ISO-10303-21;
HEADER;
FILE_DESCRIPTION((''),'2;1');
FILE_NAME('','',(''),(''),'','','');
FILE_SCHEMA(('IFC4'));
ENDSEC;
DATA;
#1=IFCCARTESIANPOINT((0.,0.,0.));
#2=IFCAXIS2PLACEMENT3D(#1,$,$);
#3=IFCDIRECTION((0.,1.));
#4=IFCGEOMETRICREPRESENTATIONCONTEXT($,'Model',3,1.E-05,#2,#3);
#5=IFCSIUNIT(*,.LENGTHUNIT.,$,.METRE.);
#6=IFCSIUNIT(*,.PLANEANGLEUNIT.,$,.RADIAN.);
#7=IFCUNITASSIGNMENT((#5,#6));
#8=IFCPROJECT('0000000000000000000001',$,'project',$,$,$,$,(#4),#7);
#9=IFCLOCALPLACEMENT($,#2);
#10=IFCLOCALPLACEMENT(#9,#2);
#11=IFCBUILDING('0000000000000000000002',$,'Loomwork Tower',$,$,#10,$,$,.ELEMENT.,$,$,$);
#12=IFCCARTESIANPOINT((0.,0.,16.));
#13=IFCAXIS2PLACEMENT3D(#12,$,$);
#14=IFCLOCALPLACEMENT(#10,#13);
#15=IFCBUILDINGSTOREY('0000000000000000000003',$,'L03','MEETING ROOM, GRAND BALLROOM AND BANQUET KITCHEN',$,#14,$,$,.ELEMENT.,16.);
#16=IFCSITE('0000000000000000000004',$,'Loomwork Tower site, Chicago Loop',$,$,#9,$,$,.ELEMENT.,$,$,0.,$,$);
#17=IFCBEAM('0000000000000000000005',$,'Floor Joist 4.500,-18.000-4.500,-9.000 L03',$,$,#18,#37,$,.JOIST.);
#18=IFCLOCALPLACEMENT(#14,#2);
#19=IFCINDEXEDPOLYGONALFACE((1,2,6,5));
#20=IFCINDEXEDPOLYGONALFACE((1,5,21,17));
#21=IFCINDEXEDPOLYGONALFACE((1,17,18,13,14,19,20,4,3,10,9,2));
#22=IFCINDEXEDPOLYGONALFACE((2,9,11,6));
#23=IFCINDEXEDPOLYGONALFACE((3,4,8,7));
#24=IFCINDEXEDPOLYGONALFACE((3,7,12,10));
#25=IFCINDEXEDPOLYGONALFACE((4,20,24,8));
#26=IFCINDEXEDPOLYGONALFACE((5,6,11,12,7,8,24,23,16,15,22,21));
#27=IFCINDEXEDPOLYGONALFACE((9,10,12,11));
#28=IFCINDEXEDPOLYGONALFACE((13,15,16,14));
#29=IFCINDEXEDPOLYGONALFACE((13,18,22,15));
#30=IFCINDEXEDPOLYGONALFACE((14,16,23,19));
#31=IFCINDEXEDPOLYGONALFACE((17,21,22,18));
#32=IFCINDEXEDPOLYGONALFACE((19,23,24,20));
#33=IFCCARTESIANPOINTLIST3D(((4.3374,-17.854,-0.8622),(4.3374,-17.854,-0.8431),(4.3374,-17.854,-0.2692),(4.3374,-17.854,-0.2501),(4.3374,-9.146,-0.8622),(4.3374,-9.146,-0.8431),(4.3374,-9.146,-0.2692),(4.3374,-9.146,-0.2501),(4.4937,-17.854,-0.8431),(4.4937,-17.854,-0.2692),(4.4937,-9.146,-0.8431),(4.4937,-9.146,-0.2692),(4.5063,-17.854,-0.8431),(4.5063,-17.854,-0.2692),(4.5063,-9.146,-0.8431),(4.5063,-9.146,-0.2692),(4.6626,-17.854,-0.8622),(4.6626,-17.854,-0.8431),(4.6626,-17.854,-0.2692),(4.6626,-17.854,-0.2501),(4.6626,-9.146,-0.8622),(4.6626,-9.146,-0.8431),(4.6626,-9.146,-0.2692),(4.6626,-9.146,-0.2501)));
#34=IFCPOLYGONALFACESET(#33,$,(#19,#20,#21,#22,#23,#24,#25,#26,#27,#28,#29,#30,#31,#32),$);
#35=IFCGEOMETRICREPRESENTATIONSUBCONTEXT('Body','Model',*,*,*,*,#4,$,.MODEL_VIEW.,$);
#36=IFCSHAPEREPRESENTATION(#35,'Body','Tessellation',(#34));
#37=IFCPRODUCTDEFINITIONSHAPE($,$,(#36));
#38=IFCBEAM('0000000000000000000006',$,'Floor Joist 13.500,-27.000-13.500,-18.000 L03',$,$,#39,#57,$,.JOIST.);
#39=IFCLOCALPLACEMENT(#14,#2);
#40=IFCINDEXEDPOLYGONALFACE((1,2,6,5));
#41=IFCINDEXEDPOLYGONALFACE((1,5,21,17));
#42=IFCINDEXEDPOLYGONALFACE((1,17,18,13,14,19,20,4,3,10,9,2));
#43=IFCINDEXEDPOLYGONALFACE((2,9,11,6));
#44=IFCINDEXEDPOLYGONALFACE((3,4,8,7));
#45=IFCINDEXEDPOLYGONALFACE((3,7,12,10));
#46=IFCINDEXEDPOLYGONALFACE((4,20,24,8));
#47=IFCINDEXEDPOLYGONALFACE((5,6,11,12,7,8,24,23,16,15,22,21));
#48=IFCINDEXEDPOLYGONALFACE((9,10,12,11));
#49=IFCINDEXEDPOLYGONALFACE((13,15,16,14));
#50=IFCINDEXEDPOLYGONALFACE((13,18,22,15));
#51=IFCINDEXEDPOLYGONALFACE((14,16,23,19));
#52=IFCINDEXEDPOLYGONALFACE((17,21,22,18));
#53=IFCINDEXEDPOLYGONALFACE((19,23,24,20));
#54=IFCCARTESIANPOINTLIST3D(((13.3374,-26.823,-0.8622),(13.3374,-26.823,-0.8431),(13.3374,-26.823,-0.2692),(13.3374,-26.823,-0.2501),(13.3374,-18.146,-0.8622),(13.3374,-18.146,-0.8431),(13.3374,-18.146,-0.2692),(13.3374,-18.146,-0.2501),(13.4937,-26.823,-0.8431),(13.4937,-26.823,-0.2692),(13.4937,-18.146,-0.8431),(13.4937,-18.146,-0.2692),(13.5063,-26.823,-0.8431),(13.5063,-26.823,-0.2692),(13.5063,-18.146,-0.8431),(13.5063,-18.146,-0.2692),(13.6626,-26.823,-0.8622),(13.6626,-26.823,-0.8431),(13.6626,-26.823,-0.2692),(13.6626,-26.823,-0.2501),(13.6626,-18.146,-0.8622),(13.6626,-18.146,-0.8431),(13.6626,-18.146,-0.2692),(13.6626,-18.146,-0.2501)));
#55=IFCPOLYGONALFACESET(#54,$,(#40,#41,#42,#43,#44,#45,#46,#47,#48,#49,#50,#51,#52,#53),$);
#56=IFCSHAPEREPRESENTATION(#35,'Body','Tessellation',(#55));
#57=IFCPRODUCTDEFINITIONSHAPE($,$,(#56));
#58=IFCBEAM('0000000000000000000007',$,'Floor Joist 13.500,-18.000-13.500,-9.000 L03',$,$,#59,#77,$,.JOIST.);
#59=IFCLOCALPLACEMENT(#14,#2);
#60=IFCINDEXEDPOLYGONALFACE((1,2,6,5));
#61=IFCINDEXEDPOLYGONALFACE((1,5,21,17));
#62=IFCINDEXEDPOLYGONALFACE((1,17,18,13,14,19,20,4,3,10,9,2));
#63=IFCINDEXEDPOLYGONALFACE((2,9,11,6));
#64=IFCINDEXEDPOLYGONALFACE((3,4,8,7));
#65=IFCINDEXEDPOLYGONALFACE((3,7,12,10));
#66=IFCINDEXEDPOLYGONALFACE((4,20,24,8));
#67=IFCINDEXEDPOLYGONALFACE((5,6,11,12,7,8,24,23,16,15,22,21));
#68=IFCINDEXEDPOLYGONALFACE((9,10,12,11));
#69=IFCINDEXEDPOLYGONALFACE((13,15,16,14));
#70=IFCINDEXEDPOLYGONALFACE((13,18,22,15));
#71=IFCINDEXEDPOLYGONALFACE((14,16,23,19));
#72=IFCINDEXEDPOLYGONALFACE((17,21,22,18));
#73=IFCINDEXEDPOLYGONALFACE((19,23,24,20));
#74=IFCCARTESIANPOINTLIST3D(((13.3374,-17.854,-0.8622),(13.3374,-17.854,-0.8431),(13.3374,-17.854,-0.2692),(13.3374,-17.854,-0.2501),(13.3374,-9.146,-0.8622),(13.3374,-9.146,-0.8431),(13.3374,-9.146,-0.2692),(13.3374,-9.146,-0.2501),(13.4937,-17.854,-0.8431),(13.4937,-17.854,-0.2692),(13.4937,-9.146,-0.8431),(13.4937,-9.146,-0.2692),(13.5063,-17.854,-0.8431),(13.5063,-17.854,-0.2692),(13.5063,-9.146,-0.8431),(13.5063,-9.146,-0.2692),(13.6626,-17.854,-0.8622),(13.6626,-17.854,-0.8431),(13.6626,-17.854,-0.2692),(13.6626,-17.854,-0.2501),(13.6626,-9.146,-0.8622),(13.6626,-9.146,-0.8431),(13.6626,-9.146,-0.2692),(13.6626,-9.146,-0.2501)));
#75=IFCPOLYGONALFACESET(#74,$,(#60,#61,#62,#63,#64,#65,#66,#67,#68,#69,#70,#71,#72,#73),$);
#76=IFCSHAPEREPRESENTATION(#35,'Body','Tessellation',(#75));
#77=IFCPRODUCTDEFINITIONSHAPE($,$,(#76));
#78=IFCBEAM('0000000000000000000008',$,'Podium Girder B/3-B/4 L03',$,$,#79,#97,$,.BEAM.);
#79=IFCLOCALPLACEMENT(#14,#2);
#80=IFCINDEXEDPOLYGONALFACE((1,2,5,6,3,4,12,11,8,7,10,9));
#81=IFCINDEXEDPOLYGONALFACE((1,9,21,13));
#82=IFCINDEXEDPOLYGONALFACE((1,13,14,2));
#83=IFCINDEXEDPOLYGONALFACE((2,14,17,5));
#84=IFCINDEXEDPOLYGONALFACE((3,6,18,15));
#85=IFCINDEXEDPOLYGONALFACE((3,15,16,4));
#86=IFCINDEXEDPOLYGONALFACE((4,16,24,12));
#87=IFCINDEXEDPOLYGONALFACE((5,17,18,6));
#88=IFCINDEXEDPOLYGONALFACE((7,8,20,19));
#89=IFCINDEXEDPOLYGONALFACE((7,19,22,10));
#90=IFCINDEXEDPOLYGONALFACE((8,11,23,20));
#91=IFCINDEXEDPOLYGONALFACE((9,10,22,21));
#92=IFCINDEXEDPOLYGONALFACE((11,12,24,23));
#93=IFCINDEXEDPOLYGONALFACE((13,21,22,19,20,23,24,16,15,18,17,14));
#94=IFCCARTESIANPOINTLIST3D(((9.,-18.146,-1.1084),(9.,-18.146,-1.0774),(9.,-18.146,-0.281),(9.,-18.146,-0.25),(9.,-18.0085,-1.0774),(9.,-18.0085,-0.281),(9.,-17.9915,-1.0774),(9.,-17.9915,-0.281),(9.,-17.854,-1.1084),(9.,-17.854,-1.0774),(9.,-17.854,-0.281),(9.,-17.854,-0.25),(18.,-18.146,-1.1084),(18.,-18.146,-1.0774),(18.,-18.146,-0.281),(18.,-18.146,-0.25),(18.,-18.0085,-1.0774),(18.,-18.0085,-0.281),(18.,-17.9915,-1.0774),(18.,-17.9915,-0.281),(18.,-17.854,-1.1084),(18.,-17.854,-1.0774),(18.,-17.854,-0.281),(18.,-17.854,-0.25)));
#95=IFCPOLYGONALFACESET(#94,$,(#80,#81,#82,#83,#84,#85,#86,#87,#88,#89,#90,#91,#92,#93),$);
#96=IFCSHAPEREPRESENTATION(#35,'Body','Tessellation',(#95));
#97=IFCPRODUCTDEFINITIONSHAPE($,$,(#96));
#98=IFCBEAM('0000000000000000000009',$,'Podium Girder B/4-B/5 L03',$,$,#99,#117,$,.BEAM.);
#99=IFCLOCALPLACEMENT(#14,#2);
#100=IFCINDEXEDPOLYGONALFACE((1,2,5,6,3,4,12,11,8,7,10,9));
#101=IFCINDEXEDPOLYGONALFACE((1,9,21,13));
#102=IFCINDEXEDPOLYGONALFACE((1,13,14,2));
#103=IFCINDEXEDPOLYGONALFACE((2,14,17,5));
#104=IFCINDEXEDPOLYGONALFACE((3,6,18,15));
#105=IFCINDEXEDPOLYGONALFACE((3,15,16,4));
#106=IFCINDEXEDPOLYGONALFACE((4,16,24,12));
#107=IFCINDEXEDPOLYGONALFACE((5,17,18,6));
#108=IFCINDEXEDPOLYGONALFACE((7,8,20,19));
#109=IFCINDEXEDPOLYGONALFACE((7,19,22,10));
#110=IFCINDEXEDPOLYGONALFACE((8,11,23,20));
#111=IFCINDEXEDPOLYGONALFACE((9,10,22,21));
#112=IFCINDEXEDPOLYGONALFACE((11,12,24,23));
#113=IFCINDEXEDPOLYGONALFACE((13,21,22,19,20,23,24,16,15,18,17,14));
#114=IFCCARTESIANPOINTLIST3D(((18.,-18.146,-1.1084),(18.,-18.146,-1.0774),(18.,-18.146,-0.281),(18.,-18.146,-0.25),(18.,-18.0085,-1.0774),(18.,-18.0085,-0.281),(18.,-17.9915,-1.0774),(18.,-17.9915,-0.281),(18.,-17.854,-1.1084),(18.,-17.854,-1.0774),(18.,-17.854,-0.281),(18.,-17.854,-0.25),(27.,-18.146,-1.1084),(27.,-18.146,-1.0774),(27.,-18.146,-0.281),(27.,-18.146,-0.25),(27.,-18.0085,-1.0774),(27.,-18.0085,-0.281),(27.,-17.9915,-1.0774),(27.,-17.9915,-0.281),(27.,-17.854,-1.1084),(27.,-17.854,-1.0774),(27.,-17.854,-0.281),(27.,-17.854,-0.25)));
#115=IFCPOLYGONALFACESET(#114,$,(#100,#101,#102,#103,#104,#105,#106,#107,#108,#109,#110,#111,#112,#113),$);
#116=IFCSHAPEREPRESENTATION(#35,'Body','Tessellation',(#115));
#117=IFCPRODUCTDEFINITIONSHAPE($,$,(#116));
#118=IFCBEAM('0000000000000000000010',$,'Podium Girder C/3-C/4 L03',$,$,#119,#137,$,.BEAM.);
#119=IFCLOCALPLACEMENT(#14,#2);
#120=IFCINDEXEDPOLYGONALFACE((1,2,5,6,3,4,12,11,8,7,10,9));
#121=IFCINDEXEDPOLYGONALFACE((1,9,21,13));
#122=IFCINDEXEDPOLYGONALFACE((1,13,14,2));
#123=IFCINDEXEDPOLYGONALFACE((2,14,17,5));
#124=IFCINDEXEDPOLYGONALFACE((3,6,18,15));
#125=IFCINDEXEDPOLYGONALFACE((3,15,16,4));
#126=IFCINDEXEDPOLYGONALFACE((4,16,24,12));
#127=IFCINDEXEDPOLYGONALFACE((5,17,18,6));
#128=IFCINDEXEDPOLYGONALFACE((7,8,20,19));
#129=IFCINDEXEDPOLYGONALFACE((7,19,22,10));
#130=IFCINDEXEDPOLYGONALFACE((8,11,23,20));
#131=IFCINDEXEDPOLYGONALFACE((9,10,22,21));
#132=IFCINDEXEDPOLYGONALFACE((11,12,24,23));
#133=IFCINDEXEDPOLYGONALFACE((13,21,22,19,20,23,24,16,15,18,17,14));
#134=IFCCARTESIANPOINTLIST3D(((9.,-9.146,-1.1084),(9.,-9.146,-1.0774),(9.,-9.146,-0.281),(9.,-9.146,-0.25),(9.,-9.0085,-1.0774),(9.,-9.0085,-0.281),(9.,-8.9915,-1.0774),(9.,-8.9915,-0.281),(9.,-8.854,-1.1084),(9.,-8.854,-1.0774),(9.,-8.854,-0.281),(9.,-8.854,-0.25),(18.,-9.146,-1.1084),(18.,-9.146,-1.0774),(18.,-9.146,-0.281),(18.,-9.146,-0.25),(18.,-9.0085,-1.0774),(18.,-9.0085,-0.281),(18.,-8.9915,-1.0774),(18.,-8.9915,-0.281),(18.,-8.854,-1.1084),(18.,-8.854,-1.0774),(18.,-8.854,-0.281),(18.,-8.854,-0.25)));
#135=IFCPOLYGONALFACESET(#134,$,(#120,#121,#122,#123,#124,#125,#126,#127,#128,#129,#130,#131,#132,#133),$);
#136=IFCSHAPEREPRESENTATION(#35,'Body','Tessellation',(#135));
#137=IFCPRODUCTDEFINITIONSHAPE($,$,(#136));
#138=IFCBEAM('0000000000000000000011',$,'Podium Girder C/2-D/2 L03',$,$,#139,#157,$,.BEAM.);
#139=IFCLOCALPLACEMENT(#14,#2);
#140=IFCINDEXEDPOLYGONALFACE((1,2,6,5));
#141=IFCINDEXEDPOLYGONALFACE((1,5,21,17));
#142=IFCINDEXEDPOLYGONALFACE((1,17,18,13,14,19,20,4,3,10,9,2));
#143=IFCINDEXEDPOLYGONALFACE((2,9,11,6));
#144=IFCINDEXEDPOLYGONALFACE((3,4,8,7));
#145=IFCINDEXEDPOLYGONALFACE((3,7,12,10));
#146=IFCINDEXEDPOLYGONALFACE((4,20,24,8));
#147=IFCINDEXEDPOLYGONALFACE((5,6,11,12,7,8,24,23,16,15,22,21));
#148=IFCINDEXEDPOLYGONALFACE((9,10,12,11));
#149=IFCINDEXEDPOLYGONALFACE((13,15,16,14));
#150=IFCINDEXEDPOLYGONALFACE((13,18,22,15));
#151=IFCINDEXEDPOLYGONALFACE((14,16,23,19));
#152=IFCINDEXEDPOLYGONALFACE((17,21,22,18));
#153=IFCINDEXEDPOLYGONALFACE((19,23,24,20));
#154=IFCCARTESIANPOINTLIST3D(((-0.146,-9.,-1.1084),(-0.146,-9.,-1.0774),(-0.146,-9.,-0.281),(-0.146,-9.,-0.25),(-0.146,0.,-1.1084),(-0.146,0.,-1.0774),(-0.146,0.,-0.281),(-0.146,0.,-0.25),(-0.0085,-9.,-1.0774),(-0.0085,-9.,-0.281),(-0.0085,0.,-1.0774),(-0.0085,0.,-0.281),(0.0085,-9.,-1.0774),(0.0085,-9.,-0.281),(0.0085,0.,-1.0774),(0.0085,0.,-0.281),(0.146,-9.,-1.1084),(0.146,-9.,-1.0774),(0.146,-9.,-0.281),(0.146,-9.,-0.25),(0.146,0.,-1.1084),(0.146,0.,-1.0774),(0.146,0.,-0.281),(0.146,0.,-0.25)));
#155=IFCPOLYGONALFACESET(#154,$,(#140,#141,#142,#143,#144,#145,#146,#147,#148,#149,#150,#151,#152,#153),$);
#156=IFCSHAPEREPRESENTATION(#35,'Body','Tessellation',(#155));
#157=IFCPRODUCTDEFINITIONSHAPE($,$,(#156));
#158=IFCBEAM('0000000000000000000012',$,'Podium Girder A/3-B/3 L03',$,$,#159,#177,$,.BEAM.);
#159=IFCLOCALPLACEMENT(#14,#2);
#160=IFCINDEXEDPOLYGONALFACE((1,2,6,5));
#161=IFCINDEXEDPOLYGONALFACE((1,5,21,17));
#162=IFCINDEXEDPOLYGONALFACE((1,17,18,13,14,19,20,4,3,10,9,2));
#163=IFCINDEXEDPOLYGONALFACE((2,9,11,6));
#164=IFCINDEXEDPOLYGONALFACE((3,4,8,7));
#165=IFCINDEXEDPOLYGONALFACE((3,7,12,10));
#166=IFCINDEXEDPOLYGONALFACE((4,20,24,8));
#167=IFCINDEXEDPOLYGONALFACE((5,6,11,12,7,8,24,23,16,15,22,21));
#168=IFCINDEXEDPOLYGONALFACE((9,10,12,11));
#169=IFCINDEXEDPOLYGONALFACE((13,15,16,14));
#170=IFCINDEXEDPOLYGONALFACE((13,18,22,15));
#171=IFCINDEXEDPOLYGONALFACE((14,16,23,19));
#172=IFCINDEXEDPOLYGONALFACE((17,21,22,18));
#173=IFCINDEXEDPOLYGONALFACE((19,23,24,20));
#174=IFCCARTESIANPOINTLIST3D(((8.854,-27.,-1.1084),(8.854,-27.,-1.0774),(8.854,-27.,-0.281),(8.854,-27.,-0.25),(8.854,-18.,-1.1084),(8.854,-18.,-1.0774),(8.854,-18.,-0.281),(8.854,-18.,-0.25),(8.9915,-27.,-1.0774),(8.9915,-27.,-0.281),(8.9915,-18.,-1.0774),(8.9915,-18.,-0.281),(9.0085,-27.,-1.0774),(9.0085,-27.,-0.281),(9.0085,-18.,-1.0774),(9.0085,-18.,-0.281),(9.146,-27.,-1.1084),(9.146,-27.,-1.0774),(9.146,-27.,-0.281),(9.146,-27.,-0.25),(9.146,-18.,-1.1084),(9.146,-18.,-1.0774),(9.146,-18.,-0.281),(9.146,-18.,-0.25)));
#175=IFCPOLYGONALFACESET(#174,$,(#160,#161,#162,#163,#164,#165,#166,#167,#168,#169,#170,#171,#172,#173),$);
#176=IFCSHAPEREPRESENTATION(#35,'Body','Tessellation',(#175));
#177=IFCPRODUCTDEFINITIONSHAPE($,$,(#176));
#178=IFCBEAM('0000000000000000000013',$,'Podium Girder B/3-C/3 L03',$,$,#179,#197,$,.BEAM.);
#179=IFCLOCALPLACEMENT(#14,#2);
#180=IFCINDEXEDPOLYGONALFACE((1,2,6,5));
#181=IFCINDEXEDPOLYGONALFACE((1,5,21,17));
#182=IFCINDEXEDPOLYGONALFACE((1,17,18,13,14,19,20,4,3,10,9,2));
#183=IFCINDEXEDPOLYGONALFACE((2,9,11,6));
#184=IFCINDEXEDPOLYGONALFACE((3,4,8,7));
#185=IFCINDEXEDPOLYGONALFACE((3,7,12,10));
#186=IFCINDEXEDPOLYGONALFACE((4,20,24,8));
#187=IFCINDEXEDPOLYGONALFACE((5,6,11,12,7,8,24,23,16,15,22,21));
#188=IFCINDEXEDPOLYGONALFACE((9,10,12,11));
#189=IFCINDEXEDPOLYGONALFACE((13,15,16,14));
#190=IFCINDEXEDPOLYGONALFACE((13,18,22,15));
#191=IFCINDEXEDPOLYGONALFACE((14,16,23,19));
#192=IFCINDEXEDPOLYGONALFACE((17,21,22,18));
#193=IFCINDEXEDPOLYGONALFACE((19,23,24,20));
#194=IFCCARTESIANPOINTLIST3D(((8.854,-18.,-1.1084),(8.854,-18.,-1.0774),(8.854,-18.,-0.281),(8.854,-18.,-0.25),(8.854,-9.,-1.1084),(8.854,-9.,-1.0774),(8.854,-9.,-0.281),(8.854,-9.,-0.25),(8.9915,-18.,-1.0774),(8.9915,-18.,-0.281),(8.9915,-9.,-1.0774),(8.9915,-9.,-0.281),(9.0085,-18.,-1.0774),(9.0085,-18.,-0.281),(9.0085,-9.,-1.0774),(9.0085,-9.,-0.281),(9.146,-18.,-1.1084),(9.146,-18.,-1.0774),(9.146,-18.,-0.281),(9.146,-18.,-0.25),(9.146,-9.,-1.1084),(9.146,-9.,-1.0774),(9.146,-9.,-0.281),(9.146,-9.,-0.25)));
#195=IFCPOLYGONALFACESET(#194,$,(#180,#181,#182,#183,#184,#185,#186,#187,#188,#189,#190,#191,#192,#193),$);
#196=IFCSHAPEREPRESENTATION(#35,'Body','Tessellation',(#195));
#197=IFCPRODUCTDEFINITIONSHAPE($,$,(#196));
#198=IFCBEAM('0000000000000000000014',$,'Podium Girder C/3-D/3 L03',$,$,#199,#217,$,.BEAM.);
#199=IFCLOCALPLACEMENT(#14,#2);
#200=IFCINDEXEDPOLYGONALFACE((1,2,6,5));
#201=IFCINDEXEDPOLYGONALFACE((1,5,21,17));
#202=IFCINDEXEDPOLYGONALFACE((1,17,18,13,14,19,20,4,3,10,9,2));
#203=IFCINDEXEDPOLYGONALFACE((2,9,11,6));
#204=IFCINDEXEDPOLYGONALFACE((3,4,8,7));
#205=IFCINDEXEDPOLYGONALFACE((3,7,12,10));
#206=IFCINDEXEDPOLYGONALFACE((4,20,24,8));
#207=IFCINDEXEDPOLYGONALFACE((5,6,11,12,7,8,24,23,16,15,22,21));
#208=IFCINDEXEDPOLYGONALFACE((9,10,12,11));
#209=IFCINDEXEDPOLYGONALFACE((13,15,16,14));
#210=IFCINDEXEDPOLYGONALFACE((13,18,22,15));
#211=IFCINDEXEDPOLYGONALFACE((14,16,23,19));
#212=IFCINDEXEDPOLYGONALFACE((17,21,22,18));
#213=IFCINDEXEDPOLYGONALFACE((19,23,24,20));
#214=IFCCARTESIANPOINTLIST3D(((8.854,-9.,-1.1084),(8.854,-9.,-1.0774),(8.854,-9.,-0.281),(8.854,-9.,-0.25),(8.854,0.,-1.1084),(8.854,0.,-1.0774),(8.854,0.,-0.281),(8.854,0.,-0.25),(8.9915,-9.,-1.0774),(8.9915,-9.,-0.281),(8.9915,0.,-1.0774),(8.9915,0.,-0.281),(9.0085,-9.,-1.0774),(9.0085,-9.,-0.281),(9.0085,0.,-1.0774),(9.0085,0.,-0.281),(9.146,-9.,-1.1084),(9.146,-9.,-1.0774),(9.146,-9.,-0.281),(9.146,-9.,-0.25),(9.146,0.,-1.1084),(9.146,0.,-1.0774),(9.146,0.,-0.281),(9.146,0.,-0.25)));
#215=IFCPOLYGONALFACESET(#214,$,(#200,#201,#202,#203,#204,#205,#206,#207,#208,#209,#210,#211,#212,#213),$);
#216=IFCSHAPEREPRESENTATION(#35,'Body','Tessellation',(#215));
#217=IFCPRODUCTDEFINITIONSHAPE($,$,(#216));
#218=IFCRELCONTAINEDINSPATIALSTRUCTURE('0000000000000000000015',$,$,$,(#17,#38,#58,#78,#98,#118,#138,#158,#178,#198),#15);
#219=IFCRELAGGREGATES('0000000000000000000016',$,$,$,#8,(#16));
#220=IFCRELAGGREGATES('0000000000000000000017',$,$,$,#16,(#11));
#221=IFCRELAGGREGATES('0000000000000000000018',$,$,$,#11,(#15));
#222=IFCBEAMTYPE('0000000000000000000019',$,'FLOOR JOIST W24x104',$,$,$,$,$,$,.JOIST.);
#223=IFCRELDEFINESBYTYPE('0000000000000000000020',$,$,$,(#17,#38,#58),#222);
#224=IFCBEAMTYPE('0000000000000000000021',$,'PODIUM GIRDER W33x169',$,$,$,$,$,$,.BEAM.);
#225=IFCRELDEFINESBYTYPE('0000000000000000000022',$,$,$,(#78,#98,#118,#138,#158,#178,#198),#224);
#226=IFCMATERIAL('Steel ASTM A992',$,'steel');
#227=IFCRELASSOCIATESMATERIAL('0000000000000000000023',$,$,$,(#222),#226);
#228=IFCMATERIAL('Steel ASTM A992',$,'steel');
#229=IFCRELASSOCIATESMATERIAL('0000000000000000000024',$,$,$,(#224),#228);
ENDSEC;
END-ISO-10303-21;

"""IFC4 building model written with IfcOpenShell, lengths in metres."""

from ifc_helpers import new_model, si_unit, direction, frame, origin, origin_2d, place, context, subcontext, project, spatial, i_section, extrude, material, material_profile, profile_set, type_object, element, save


model = new_model("IFC4")

# Units and contexts
model_context = context("Model", 3, precision=1e-05, world=origin(), true_north=direction((0.0, 1.0)))
body_context = subcontext(model_context, "Body", "Model", "MODEL_VIEW")
ifc_project = project(units=[si_unit("LENGTHUNIT", "METRE"), si_unit("PLANEANGLEUNIT", "RADIAN")], contexts=[model_context])

# Site, building, storey
site_placement = place(None, origin())
site = spatial("IfcSite", under=ifc_project, at=site_placement, Name="Loomwork Tower site, Chicago Loop", CompositionType="ELEMENT", RefElevation=0.0)
building_placement = place(site_placement, origin())
building = spatial("IfcBuilding", under=site, at=building_placement, Name="Loomwork Tower", CompositionType="ELEMENT")
storey_placement = place(building_placement, frame((0.0, 0.0, 16.0)))
storey = spatial("IfcBuildingStorey", under=building, at=storey_placement, Name="L03", Description="MEETING ROOM, GRAND BALLROOM AND BANQUET KITCHEN", CompositionType="ELEMENT", Elevation=16.0)

# Beams
ifc_material_1 = material(Name="Steel ASTM A992", Category="steel")
ifc_material_profile_1 = material_profile(ifc_material_1, i_section(OverallWidth=0.3252, OverallDepth=0.6121, WebThickness=0.0127, FlangeThickness=0.019, at=origin_2d()), Name="W24x104")
ifc_profile_set_1 = profile_set([ifc_material_profile_1], Name="Steel ASTM A992")
beam_type_1 = type_object("IfcBeamType", Name="FLOOR JOIST W24x104", PredefinedType="JOIST", material=ifc_profile_set_1)
beam_1_placement = place(storey_placement, frame((4.5, -17.854, -0.5562), z_axis=(0.0, 1.0, 0.0), x_axis=(-1.0, 0.0, 0.0)))
element("IfcBeam", 1, at=beam_1_placement, inside=storey, type_object=beam_type_1, Name="Floor Joist 4.500,-18.000-4.500,-9.000 L03", PredefinedType="JOIST", context=body_context, shape_type="SweptSolid", body=[
    extrude(i_section(OverallWidth=0.3252, OverallDepth=0.6121, WebThickness=0.0127, FlangeThickness=0.019, at=origin_2d()), origin(), (0.0, 0.0, 1.0), 8.708),
])
beam_2_placement = place(storey_placement, frame((13.5, -26.823, -0.5562), z_axis=(0.0, 1.0, 0.0), x_axis=(-1.0, 0.0, 0.0)))
element("IfcBeam", 2, at=beam_2_placement, inside=storey, type_object=beam_type_1, Name="Floor Joist 13.500,-27.000-13.500,-18.000 L03", PredefinedType="JOIST", context=body_context, shape_type="SweptSolid", body=[
    extrude(i_section(OverallWidth=0.3252, OverallDepth=0.6121, WebThickness=0.0127, FlangeThickness=0.019, at=origin_2d()), origin(), (0.0, 0.0, 1.0), 8.677),
])
beam_3_placement = place(storey_placement, frame((13.5, -17.854, -0.5562), z_axis=(0.0, 1.0, 0.0), x_axis=(-1.0, 0.0, 0.0)))
element("IfcBeam", 3, at=beam_3_placement, inside=storey, type_object=beam_type_1, Name="Floor Joist 13.500,-18.000-13.500,-9.000 L03", PredefinedType="JOIST", context=body_context, shape_type="SweptSolid", body=[
    extrude(i_section(OverallWidth=0.3252, OverallDepth=0.6121, WebThickness=0.0127, FlangeThickness=0.019, at=origin_2d()), origin(), (0.0, 0.0, 1.0), 8.708),
])
ifc_material_2 = material(Name="Steel ASTM A992", Category="steel")
ifc_material_profile_2 = material_profile(ifc_material_2, i_section(OverallWidth=0.292, OverallDepth=0.8584, WebThickness=0.0171, FlangeThickness=0.031, at=origin_2d()), Name="W33x169")
ifc_profile_set_2 = profile_set([ifc_material_profile_2], Name="Steel ASTM A992")
beam_type_2 = type_object("IfcBeamType", Name="PODIUM GIRDER W33x169", PredefinedType="BEAM", material=ifc_profile_set_2)
for number, where, z_axis, x_axis, name in (
    (4, (9.0, -18.0, -0.6792), (1.0, 0.0, 0.0), (0.0, 1.0, 0.0), "Podium Girder B/3-B/4 L03"),
    (5, (18.0, -18.0, -0.6792), (1.0, 0.0, 0.0), (0.0, 1.0, 0.0), "Podium Girder B/4-B/5 L03"),
    (6, (9.0, -9.0, -0.6792), (1.0, 0.0, 0.0), (0.0, 1.0, 0.0), "Podium Girder C/3-C/4 L03"),
    (7, (0.0, -9.0, -0.6792), (0.0, 1.0, 0.0), (-1.0, 0.0, 0.0), "Podium Girder C/2-D/2 L03"),
    (8, (9.0, -27.0, -0.6792), (0.0, 1.0, 0.0), (-1.0, 0.0, 0.0), "Podium Girder A/3-B/3 L03"),
    (9, (9.0, -18.0, -0.6792), (0.0, 1.0, 0.0), (-1.0, 0.0, 0.0), "Podium Girder B/3-C/3 L03"),
    (10, (9.0, -9.0, -0.6792), (0.0, 1.0, 0.0), (-1.0, 0.0, 0.0), "Podium Girder C/3-D/3 L03"),
):
    element("IfcBeam", number, at=place(storey_placement, frame(where, z_axis=z_axis, x_axis=x_axis)), inside=storey, type_object=beam_type_2, Name=name, PredefinedType="BEAM", context=body_context, shape_type="SweptSolid", body=[
        extrude(i_section(OverallWidth=0.292, OverallDepth=0.8584, WebThickness=0.0171, FlangeThickness=0.031, at=origin_2d()), origin(), (0.0, 0.0, 1.0), 9.0),
    ])

save(model, "model.ifc")
